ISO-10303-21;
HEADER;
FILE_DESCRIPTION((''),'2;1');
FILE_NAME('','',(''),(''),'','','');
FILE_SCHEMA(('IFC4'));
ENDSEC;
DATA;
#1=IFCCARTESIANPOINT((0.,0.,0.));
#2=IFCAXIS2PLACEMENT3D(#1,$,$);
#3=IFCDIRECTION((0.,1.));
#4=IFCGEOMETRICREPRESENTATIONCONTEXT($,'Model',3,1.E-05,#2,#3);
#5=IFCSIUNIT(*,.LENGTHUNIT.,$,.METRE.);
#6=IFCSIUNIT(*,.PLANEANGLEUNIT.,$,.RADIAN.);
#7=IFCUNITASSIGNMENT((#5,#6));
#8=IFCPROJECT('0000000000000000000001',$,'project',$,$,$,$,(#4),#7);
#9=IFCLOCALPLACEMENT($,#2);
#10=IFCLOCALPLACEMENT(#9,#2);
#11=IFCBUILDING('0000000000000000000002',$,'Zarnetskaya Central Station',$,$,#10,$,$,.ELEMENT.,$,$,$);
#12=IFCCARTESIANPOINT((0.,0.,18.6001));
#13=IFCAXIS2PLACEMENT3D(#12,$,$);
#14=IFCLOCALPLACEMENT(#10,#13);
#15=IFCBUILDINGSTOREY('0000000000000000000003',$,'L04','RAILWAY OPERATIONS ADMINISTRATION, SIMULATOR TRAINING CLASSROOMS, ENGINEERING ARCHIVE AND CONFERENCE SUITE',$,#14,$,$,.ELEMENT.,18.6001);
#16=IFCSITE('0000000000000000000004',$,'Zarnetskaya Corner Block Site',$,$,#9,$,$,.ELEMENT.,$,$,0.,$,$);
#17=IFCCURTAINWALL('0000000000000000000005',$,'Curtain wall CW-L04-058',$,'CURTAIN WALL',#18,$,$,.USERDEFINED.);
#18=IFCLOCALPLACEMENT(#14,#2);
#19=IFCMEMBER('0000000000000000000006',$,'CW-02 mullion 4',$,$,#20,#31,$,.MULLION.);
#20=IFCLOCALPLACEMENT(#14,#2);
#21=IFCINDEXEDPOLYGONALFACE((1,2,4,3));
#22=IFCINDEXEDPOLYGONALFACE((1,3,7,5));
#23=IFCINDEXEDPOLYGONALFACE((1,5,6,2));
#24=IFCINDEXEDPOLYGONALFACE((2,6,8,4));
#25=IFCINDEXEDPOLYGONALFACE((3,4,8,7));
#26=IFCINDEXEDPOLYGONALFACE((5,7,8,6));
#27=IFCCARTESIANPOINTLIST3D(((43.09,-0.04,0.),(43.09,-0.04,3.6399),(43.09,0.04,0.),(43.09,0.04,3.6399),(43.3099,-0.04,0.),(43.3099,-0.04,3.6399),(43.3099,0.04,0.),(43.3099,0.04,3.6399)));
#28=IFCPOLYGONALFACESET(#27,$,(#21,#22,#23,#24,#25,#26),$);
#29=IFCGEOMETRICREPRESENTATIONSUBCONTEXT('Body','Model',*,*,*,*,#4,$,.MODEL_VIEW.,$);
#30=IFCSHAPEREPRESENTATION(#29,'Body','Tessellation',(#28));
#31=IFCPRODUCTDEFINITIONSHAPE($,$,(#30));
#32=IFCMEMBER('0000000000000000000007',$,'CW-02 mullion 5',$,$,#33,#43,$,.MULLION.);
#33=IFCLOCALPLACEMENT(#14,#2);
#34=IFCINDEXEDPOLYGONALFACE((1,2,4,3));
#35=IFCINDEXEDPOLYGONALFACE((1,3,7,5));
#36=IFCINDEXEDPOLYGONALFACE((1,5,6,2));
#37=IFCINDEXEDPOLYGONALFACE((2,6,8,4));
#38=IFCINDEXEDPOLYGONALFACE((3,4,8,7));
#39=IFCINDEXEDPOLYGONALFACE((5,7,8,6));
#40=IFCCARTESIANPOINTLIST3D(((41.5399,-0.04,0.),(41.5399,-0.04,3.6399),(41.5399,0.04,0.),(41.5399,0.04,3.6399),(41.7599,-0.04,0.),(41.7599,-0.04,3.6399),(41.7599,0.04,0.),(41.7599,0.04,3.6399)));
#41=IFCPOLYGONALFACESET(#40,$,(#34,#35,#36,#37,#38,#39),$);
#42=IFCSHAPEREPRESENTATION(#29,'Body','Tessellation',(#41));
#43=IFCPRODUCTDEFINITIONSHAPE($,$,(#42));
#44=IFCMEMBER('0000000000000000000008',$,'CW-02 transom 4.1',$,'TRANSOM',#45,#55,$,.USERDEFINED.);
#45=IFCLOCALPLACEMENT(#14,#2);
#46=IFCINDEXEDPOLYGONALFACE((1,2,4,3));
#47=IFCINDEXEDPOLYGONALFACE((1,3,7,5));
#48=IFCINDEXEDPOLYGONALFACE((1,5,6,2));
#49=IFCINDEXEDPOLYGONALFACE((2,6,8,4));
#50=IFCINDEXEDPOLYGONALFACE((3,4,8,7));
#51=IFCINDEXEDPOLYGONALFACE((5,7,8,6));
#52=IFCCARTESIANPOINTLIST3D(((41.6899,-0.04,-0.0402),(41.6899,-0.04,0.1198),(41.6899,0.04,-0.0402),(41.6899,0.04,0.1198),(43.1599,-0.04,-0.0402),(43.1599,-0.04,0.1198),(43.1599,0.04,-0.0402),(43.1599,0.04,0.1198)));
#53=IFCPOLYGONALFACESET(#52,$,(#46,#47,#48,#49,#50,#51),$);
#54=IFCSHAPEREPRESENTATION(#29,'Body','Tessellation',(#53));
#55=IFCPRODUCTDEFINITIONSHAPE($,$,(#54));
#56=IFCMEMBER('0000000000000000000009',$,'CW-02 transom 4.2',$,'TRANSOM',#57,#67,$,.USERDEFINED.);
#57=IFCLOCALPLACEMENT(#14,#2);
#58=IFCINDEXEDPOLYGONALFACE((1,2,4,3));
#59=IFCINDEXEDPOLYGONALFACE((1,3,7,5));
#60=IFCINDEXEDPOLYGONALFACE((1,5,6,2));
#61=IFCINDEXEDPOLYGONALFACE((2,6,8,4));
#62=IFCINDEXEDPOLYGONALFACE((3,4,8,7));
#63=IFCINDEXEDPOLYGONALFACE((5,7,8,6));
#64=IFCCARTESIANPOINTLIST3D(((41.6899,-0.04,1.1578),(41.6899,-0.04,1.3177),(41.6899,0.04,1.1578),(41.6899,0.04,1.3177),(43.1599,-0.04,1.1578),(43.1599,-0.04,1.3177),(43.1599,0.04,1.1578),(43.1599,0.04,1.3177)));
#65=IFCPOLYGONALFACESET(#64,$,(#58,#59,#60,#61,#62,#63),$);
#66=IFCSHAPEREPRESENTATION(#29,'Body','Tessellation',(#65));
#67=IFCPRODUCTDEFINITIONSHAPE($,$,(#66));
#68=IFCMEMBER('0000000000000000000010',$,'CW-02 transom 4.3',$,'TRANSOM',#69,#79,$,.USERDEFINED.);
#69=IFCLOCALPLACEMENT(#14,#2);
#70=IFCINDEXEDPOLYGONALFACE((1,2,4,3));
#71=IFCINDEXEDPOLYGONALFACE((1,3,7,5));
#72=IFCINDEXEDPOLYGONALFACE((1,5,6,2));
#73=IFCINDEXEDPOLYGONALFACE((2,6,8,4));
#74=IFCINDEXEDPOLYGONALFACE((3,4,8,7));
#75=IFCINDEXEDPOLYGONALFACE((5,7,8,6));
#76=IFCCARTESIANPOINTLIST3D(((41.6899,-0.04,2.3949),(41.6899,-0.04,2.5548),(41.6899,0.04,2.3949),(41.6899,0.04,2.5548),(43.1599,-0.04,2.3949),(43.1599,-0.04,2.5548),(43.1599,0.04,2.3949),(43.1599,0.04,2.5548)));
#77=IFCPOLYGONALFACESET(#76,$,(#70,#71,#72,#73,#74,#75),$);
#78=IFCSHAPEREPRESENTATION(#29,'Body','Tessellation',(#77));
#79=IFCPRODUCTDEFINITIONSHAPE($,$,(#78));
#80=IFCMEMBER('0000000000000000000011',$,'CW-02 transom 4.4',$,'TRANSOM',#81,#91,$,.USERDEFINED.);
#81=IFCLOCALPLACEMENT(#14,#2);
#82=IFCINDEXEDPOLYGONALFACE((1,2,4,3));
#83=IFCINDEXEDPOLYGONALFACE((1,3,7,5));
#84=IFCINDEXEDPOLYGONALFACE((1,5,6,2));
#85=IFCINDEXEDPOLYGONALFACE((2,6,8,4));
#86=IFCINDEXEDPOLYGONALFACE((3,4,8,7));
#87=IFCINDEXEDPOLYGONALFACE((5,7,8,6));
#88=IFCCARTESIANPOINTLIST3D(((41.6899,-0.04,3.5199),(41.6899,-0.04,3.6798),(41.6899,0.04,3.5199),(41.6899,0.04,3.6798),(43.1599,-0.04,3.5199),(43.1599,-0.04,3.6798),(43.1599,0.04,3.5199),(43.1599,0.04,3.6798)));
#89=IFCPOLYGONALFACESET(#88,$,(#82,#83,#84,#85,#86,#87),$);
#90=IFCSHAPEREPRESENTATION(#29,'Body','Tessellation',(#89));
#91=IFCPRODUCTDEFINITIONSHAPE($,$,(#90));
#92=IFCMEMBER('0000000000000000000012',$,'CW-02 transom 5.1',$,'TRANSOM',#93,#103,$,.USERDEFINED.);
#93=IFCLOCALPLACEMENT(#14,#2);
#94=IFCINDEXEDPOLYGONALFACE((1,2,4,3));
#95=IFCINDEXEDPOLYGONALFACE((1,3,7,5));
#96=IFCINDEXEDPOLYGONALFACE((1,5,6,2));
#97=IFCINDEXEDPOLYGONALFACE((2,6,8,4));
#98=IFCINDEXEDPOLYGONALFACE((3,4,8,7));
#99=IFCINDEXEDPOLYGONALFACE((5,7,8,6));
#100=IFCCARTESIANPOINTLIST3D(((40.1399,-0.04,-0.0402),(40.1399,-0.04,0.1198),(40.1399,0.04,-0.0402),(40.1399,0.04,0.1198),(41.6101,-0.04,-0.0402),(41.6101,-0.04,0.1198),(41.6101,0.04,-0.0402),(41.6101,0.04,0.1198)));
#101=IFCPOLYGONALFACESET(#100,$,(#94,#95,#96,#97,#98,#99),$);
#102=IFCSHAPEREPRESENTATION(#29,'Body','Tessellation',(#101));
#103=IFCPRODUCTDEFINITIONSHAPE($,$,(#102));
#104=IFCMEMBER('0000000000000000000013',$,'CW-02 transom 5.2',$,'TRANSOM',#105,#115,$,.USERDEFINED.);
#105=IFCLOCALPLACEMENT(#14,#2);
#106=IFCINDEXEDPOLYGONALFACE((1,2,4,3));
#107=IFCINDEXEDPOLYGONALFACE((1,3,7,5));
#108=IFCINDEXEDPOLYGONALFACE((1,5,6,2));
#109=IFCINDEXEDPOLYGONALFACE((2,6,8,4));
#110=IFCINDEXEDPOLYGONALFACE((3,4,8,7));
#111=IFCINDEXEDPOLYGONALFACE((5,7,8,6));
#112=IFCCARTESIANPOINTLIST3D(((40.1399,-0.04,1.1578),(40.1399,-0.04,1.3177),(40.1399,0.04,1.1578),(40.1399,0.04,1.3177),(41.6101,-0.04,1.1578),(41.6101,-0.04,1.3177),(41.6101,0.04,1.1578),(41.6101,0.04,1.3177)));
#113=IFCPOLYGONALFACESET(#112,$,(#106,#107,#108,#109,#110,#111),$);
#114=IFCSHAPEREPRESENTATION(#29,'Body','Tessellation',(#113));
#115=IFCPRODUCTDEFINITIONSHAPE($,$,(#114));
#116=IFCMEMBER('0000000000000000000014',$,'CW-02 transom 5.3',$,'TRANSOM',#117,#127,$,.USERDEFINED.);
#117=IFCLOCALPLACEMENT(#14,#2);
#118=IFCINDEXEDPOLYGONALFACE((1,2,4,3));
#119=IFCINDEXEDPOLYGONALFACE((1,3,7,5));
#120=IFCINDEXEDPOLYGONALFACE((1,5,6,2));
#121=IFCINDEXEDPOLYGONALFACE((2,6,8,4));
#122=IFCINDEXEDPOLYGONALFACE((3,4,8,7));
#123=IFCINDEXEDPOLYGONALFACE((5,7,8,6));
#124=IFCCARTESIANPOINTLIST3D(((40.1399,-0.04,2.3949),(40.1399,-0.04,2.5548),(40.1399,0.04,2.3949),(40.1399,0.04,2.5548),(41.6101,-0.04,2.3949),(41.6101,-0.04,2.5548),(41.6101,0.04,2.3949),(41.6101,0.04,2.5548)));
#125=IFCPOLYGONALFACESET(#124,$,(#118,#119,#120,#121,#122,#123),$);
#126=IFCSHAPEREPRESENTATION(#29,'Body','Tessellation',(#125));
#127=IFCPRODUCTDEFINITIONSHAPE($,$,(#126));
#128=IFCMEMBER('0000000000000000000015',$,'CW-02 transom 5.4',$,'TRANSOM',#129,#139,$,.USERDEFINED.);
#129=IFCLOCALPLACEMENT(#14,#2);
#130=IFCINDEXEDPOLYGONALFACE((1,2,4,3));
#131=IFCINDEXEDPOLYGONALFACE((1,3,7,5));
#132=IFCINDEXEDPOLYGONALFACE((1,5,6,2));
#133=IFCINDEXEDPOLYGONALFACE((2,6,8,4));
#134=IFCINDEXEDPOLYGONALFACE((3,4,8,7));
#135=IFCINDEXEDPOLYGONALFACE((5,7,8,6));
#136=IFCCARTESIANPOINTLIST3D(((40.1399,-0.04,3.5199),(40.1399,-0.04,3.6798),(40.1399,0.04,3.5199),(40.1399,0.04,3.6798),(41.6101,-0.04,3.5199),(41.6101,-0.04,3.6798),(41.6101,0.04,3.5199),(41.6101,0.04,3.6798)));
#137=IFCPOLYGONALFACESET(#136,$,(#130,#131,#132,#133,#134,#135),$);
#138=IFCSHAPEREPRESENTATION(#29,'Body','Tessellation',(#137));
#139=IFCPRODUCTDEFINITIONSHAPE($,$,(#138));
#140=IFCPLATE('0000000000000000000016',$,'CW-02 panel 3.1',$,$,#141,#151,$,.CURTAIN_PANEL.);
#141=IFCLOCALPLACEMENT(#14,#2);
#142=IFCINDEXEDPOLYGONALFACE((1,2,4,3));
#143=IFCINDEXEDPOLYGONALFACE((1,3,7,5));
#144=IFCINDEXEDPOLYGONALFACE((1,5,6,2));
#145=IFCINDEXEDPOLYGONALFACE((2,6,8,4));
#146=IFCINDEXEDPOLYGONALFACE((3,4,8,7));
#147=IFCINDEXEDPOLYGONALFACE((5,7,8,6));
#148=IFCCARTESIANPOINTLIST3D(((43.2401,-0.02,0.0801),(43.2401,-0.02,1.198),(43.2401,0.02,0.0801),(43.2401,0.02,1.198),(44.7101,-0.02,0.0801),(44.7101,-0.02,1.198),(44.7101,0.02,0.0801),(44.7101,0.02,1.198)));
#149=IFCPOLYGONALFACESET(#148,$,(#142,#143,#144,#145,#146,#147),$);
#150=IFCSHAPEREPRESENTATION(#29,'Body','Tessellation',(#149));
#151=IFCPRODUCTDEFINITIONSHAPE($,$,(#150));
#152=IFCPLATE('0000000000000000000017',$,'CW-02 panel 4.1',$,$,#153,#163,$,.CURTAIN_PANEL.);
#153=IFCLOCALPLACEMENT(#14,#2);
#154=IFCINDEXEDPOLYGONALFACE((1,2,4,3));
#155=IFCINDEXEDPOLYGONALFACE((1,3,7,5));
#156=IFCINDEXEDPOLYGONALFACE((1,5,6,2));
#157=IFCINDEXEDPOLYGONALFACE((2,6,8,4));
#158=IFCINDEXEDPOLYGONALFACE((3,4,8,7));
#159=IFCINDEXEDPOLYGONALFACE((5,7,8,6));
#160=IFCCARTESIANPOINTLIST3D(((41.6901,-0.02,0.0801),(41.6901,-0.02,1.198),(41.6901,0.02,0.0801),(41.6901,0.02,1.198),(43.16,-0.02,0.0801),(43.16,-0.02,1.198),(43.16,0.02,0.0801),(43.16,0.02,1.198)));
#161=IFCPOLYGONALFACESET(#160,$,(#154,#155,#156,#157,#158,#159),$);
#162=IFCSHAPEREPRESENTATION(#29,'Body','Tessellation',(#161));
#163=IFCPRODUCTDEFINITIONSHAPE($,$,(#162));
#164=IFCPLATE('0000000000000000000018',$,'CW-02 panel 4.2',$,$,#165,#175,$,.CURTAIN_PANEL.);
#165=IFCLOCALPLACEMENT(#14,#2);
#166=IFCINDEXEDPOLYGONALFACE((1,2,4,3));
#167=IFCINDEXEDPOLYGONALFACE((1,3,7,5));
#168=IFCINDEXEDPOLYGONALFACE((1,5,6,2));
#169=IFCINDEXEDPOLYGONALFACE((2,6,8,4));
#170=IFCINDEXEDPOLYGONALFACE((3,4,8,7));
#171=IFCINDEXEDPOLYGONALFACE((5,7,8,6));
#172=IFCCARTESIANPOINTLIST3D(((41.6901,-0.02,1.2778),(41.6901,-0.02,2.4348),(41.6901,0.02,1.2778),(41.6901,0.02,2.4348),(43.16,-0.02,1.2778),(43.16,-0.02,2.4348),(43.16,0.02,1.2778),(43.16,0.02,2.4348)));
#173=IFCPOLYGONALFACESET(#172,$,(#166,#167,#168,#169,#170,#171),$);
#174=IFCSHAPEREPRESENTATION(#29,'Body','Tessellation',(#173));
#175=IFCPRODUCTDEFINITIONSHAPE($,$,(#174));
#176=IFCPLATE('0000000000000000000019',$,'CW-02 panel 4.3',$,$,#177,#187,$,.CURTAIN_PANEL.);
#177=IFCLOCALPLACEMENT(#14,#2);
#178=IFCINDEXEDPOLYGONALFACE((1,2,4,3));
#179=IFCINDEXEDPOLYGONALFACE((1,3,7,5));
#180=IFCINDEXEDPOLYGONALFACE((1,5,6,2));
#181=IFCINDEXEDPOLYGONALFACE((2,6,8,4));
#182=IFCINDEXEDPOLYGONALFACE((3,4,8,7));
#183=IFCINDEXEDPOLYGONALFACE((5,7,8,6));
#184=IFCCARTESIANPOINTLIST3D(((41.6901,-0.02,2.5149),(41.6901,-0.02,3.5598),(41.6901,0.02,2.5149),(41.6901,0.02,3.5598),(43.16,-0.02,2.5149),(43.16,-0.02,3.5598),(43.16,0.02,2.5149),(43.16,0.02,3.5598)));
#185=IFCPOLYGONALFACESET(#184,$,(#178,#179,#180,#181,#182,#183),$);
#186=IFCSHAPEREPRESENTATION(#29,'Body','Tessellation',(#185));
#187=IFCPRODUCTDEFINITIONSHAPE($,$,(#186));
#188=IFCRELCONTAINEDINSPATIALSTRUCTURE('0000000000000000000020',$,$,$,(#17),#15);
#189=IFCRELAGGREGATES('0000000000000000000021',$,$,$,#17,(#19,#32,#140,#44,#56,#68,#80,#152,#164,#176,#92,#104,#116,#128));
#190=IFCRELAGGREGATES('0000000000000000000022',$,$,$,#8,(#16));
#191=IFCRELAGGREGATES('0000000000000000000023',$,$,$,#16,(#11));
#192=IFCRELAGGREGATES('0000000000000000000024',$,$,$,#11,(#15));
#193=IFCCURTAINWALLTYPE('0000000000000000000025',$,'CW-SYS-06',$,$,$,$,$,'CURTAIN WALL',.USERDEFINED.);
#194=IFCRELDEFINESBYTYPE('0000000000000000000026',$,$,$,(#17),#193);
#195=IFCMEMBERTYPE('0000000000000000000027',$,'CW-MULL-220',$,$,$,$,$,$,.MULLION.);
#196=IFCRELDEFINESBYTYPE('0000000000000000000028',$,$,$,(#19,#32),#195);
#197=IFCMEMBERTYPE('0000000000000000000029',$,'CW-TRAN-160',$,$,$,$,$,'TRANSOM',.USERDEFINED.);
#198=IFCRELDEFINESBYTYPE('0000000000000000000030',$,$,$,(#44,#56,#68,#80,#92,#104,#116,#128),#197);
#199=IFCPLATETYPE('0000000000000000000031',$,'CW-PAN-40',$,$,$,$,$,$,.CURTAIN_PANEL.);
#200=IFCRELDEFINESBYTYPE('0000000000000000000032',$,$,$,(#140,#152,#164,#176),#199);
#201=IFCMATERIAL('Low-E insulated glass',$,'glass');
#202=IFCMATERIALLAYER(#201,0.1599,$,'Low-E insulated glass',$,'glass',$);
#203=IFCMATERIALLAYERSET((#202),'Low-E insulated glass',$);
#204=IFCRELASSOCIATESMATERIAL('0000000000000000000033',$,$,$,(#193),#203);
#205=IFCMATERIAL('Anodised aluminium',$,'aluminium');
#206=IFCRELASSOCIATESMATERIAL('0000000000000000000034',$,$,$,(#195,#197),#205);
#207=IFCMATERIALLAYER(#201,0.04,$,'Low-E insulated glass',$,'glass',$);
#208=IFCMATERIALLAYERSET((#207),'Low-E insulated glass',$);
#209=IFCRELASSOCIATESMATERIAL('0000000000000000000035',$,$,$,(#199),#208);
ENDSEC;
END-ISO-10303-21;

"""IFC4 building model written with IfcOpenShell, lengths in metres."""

from ifc_helpers import new_model, si_unit, direction, frame, origin, origin_2d, place, context, subcontext, project, spatial, rectangle, extrude, material, layer, layer_set, material_profile, profile_set, type_object, element, aggregate, save


model = new_model("IFC4")

# Units and contexts
model_context = context("Model", 3, precision=1e-05, world=origin(), true_north=direction((0.0, 1.0)))
body_context = subcontext(model_context, "Body", "Model", "MODEL_VIEW")
ifc_project = project(units=[si_unit("LENGTHUNIT", "METRE"), si_unit("PLANEANGLEUNIT", "RADIAN")], contexts=[model_context])

# Site, building, storey
site_placement = place(None, origin())
site = spatial("IfcSite", under=ifc_project, at=site_placement, Name="Zarnetskaya Corner Block Site", CompositionType="ELEMENT", RefElevation=0.0)
building_placement = place(site_placement, origin())
building = spatial("IfcBuilding", under=site, at=building_placement, Name="Zarnetskaya Central Station", CompositionType="ELEMENT")
storey_placement = place(building_placement, frame((0.0, 0.0, 18.6001)))
storey = spatial("IfcBuildingStorey", under=building, at=storey_placement, Name="L04", Description="RAILWAY OPERATIONS ADMINISTRATION, SIMULATOR TRAINING CLASSROOMS, ENGINEERING ARCHIVE AND CONFERENCE SUITE", CompositionType="ELEMENT", Elevation=18.6001)

# Curtain wall, members, plates
ifc_material_1 = material(Name="Low-E insulated glass", Category="glass")
ifc_layer_1 = layer(ifc_material_1, 0.1599, Name="Low-E insulated glass", Category="glass")
ifc_layer_set_1 = layer_set([ifc_layer_1], Name="Low-E insulated glass")
curtain_wall_type = type_object("IfcCurtainWallType", Name="CW-SYS-06", ElementType="CURTAIN WALL", PredefinedType="USERDEFINED", material=ifc_layer_set_1)
curtain_wall_placement = place(storey_placement, origin())
curtain_wall = element("IfcCurtainWall", 1, at=curtain_wall_placement, inside=storey, type_object=curtain_wall_type, Name="Curtain wall CW-L04-058", ObjectType="CURTAIN WALL", PredefinedType="USERDEFINED")
ifc_material_2 = material(Name="Anodised aluminium", Category="aluminium")
ifc_material_profile_1 = material_profile(ifc_material_2, rectangle(XDim=0.0801, YDim=0.22, at=origin_2d()), Name="ALU MULL 80x220")
ifc_profile_set_1 = profile_set([ifc_material_profile_1], Name="Anodised aluminium")
member_type_1 = type_object("IfcMemberType", Name="CW-MULL-220", PredefinedType="MULLION", material=ifc_profile_set_1)
member_1_placement = place(storey_placement, frame((43.2, 0.0, 0.0), z_axis=(0.0, 0.0, 1.0), x_axis=(0.0, -1.0, 0.0)))
member_1 = element("IfcMember", 2, at=member_1_placement, type_object=member_type_1, Name="CW-02 mullion 4", PredefinedType="MULLION", context=body_context, shape_type="SweptSolid", body=[
    extrude(rectangle(XDim=0.0801, YDim=0.22, at=origin_2d()), origin(), (0.0, 0.0, 1.0), 3.6399),
])
member_2_placement = place(storey_placement, frame((41.6499, 0.0, 0.0), z_axis=(0.0, 0.0, 1.0), x_axis=(0.0, -1.0, 0.0)))
member_2 = element("IfcMember", 3, at=member_2_placement, type_object=member_type_1, Name="CW-02 mullion 5", PredefinedType="MULLION", context=body_context, shape_type="SweptSolid", body=[
    extrude(rectangle(XDim=0.0801, YDim=0.22, at=origin_2d()), origin(), (0.0, 0.0, 1.0), 3.6399),
])
ifc_material_profile_2 = material_profile(ifc_material_2, rectangle(XDim=0.0801, YDim=0.1599, at=origin_2d()), Name="ALU TRAN 80x160")
ifc_profile_set_2 = profile_set([ifc_material_profile_2], Name="Anodised aluminium")
member_type_2 = type_object("IfcMemberType", Name="CW-TRAN-160", ElementType="TRANSOM", PredefinedType="USERDEFINED", material=ifc_profile_set_2)
member_3_placement = place(storey_placement, frame((43.1599, 0.0, 0.0398), z_axis=(-1.0, 0.0, 0.0), x_axis=(0.0, -1.0, 0.0)))
member_3 = element("IfcMember", 4, at=member_3_placement, type_object=member_type_2, Name="CW-02 transom 4.1", ObjectType="TRANSOM", PredefinedType="USERDEFINED", context=body_context, shape_type="SweptSolid", body=[
    extrude(rectangle(XDim=0.0801, YDim=0.1599, at=origin_2d()), origin(), (0.0, 0.0, 1.0), 1.47),
])
member_4_placement = place(storey_placement, frame((43.1599, 0.0, 1.2378), z_axis=(-1.0, 0.0, 0.0), x_axis=(0.0, -1.0, 0.0)))
member_4 = element("IfcMember", 5, at=member_4_placement, type_object=member_type_2, Name="CW-02 transom 4.2", ObjectType="TRANSOM", PredefinedType="USERDEFINED", context=body_context, shape_type="SweptSolid", body=[
    extrude(rectangle(XDim=0.0801, YDim=0.1599, at=origin_2d()), origin(), (0.0, 0.0, 1.0), 1.47),
])
member_5_placement = place(storey_placement, frame((43.1599, 0.0, 2.4749), z_axis=(-1.0, 0.0, 0.0), x_axis=(0.0, -1.0, 0.0)))
member_5 = element("IfcMember", 6, at=member_5_placement, type_object=member_type_2, Name="CW-02 transom 4.3", ObjectType="TRANSOM", PredefinedType="USERDEFINED", context=body_context, shape_type="SweptSolid", body=[
    extrude(rectangle(XDim=0.0801, YDim=0.1599, at=origin_2d()), origin(), (0.0, 0.0, 1.0), 1.47),
])
member_6_placement = place(storey_placement, frame((43.1599, 0.0, 3.5999), z_axis=(-1.0, 0.0, 0.0), x_axis=(0.0, -1.0, 0.0)))
member_6 = element("IfcMember", 7, at=member_6_placement, type_object=member_type_2, Name="CW-02 transom 4.4", ObjectType="TRANSOM", PredefinedType="USERDEFINED", context=body_context, shape_type="SweptSolid", body=[
    extrude(rectangle(XDim=0.0801, YDim=0.1599, at=origin_2d()), origin(), (0.0, 0.0, 1.0), 1.47),
])
member_7_placement = place(storey_placement, frame((41.6101, 0.0, 0.0398), z_axis=(-1.0, 0.0, 0.0), x_axis=(0.0, -1.0, 0.0)))
member_7 = element("IfcMember", 8, at=member_7_placement, type_object=member_type_2, Name="CW-02 transom 5.1", ObjectType="TRANSOM", PredefinedType="USERDEFINED", context=body_context, shape_type="SweptSolid", body=[
    extrude(rectangle(XDim=0.0801, YDim=0.1599, at=origin_2d()), origin(), (0.0, 0.0, 1.0), 1.4702),
])
member_8_placement = place(storey_placement, frame((41.6101, 0.0, 1.2378), z_axis=(-1.0, 0.0, 0.0), x_axis=(0.0, -1.0, 0.0)))
member_8 = element("IfcMember", 9, at=member_8_placement, type_object=member_type_2, Name="CW-02 transom 5.2", ObjectType="TRANSOM", PredefinedType="USERDEFINED", context=body_context, shape_type="SweptSolid", body=[
    extrude(rectangle(XDim=0.0801, YDim=0.1599, at=origin_2d()), origin(), (0.0, 0.0, 1.0), 1.4702),
])
member_9_placement = place(storey_placement, frame((41.6101, 0.0, 2.4749), z_axis=(-1.0, 0.0, 0.0), x_axis=(0.0, -1.0, 0.0)))
member_9 = element("IfcMember", 10, at=member_9_placement, type_object=member_type_2, Name="CW-02 transom 5.3", ObjectType="TRANSOM", PredefinedType="USERDEFINED", context=body_context, shape_type="SweptSolid", body=[
    extrude(rectangle(XDim=0.0801, YDim=0.1599, at=origin_2d()), origin(), (0.0, 0.0, 1.0), 1.4702),
])
member_10_placement = place(storey_placement, frame((41.6101, 0.0, 3.5999), z_axis=(-1.0, 0.0, 0.0), x_axis=(0.0, -1.0, 0.0)))
member_10 = element("IfcMember", 11, at=member_10_placement, type_object=member_type_2, Name="CW-02 transom 5.4", ObjectType="TRANSOM", PredefinedType="USERDEFINED", context=body_context, shape_type="SweptSolid", body=[
    extrude(rectangle(XDim=0.0801, YDim=0.1599, at=origin_2d()), origin(), (0.0, 0.0, 1.0), 1.4702),
])
ifc_layer_2 = layer(ifc_material_1, 0.04, Name="Low-E insulated glass", Category="glass")
ifc_layer_set_2 = layer_set([ifc_layer_2], Name="Low-E insulated glass")
plate_type = type_object("IfcPlateType", Name="CW-PAN-40", PredefinedType="CURTAIN_PANEL", material=ifc_layer_set_2)
plate_1_placement = place(storey_placement, frame((43.9751, 0.0, 0.0801), z_axis=(0.0, 0.0, 1.0), x_axis=(-1.0, 0.0, 0.0)))
plate_1 = element("IfcPlate", 12, at=plate_1_placement, type_object=plate_type, Name="CW-02 panel 3.1", PredefinedType="CURTAIN_PANEL", context=body_context, shape_type="SweptSolid", body=[
    extrude(rectangle(XDim=1.47, YDim=0.04, at=origin_2d()), origin(), (0.0, 0.0, 1.0), 1.1179),
])
plate_2_placement = place(storey_placement, frame((42.425, 0.0, 0.0801), z_axis=(0.0, 0.0, 1.0), x_axis=(-1.0, 0.0, 0.0)))
plate_2 = element("IfcPlate", 13, at=plate_2_placement, type_object=plate_type, Name="CW-02 panel 4.1", PredefinedType="CURTAIN_PANEL", context=body_context, shape_type="SweptSolid", body=[
    extrude(rectangle(XDim=1.47, YDim=0.04, at=origin_2d()), origin(), (0.0, 0.0, 1.0), 1.1179),
])
plate_3_placement = place(storey_placement, frame((42.425, 0.0, 1.2778), z_axis=(0.0, 0.0, 1.0), x_axis=(-1.0, 0.0, 0.0)))
plate_3 = element("IfcPlate", 14, at=plate_3_placement, type_object=plate_type, Name="CW-02 panel 4.2", PredefinedType="CURTAIN_PANEL", context=body_context, shape_type="SweptSolid", body=[
    extrude(rectangle(XDim=1.47, YDim=0.04, at=origin_2d()), origin(), (0.0, 0.0, 1.0), 1.157),
])
plate_4_placement = place(storey_placement, frame((42.425, 0.0, 2.5149), z_axis=(0.0, 0.0, 1.0), x_axis=(-1.0, 0.0, 0.0)))
plate_4 = element("IfcPlate", 15, at=plate_4_placement, type_object=plate_type, Name="CW-02 panel 4.3", PredefinedType="CURTAIN_PANEL", context=body_context, shape_type="SweptSolid", body=[
    extrude(rectangle(XDim=1.47, YDim=0.04, at=origin_2d()), origin(), (0.0, 0.0, 1.0), 1.0449),
])
aggregate(curtain_wall, [member_1, member_2, plate_1, member_3, member_4, member_5, member_6, plate_2, plate_3, plate_4, member_7, member_8, member_9, member_10])

save(model, "model.ifc")
